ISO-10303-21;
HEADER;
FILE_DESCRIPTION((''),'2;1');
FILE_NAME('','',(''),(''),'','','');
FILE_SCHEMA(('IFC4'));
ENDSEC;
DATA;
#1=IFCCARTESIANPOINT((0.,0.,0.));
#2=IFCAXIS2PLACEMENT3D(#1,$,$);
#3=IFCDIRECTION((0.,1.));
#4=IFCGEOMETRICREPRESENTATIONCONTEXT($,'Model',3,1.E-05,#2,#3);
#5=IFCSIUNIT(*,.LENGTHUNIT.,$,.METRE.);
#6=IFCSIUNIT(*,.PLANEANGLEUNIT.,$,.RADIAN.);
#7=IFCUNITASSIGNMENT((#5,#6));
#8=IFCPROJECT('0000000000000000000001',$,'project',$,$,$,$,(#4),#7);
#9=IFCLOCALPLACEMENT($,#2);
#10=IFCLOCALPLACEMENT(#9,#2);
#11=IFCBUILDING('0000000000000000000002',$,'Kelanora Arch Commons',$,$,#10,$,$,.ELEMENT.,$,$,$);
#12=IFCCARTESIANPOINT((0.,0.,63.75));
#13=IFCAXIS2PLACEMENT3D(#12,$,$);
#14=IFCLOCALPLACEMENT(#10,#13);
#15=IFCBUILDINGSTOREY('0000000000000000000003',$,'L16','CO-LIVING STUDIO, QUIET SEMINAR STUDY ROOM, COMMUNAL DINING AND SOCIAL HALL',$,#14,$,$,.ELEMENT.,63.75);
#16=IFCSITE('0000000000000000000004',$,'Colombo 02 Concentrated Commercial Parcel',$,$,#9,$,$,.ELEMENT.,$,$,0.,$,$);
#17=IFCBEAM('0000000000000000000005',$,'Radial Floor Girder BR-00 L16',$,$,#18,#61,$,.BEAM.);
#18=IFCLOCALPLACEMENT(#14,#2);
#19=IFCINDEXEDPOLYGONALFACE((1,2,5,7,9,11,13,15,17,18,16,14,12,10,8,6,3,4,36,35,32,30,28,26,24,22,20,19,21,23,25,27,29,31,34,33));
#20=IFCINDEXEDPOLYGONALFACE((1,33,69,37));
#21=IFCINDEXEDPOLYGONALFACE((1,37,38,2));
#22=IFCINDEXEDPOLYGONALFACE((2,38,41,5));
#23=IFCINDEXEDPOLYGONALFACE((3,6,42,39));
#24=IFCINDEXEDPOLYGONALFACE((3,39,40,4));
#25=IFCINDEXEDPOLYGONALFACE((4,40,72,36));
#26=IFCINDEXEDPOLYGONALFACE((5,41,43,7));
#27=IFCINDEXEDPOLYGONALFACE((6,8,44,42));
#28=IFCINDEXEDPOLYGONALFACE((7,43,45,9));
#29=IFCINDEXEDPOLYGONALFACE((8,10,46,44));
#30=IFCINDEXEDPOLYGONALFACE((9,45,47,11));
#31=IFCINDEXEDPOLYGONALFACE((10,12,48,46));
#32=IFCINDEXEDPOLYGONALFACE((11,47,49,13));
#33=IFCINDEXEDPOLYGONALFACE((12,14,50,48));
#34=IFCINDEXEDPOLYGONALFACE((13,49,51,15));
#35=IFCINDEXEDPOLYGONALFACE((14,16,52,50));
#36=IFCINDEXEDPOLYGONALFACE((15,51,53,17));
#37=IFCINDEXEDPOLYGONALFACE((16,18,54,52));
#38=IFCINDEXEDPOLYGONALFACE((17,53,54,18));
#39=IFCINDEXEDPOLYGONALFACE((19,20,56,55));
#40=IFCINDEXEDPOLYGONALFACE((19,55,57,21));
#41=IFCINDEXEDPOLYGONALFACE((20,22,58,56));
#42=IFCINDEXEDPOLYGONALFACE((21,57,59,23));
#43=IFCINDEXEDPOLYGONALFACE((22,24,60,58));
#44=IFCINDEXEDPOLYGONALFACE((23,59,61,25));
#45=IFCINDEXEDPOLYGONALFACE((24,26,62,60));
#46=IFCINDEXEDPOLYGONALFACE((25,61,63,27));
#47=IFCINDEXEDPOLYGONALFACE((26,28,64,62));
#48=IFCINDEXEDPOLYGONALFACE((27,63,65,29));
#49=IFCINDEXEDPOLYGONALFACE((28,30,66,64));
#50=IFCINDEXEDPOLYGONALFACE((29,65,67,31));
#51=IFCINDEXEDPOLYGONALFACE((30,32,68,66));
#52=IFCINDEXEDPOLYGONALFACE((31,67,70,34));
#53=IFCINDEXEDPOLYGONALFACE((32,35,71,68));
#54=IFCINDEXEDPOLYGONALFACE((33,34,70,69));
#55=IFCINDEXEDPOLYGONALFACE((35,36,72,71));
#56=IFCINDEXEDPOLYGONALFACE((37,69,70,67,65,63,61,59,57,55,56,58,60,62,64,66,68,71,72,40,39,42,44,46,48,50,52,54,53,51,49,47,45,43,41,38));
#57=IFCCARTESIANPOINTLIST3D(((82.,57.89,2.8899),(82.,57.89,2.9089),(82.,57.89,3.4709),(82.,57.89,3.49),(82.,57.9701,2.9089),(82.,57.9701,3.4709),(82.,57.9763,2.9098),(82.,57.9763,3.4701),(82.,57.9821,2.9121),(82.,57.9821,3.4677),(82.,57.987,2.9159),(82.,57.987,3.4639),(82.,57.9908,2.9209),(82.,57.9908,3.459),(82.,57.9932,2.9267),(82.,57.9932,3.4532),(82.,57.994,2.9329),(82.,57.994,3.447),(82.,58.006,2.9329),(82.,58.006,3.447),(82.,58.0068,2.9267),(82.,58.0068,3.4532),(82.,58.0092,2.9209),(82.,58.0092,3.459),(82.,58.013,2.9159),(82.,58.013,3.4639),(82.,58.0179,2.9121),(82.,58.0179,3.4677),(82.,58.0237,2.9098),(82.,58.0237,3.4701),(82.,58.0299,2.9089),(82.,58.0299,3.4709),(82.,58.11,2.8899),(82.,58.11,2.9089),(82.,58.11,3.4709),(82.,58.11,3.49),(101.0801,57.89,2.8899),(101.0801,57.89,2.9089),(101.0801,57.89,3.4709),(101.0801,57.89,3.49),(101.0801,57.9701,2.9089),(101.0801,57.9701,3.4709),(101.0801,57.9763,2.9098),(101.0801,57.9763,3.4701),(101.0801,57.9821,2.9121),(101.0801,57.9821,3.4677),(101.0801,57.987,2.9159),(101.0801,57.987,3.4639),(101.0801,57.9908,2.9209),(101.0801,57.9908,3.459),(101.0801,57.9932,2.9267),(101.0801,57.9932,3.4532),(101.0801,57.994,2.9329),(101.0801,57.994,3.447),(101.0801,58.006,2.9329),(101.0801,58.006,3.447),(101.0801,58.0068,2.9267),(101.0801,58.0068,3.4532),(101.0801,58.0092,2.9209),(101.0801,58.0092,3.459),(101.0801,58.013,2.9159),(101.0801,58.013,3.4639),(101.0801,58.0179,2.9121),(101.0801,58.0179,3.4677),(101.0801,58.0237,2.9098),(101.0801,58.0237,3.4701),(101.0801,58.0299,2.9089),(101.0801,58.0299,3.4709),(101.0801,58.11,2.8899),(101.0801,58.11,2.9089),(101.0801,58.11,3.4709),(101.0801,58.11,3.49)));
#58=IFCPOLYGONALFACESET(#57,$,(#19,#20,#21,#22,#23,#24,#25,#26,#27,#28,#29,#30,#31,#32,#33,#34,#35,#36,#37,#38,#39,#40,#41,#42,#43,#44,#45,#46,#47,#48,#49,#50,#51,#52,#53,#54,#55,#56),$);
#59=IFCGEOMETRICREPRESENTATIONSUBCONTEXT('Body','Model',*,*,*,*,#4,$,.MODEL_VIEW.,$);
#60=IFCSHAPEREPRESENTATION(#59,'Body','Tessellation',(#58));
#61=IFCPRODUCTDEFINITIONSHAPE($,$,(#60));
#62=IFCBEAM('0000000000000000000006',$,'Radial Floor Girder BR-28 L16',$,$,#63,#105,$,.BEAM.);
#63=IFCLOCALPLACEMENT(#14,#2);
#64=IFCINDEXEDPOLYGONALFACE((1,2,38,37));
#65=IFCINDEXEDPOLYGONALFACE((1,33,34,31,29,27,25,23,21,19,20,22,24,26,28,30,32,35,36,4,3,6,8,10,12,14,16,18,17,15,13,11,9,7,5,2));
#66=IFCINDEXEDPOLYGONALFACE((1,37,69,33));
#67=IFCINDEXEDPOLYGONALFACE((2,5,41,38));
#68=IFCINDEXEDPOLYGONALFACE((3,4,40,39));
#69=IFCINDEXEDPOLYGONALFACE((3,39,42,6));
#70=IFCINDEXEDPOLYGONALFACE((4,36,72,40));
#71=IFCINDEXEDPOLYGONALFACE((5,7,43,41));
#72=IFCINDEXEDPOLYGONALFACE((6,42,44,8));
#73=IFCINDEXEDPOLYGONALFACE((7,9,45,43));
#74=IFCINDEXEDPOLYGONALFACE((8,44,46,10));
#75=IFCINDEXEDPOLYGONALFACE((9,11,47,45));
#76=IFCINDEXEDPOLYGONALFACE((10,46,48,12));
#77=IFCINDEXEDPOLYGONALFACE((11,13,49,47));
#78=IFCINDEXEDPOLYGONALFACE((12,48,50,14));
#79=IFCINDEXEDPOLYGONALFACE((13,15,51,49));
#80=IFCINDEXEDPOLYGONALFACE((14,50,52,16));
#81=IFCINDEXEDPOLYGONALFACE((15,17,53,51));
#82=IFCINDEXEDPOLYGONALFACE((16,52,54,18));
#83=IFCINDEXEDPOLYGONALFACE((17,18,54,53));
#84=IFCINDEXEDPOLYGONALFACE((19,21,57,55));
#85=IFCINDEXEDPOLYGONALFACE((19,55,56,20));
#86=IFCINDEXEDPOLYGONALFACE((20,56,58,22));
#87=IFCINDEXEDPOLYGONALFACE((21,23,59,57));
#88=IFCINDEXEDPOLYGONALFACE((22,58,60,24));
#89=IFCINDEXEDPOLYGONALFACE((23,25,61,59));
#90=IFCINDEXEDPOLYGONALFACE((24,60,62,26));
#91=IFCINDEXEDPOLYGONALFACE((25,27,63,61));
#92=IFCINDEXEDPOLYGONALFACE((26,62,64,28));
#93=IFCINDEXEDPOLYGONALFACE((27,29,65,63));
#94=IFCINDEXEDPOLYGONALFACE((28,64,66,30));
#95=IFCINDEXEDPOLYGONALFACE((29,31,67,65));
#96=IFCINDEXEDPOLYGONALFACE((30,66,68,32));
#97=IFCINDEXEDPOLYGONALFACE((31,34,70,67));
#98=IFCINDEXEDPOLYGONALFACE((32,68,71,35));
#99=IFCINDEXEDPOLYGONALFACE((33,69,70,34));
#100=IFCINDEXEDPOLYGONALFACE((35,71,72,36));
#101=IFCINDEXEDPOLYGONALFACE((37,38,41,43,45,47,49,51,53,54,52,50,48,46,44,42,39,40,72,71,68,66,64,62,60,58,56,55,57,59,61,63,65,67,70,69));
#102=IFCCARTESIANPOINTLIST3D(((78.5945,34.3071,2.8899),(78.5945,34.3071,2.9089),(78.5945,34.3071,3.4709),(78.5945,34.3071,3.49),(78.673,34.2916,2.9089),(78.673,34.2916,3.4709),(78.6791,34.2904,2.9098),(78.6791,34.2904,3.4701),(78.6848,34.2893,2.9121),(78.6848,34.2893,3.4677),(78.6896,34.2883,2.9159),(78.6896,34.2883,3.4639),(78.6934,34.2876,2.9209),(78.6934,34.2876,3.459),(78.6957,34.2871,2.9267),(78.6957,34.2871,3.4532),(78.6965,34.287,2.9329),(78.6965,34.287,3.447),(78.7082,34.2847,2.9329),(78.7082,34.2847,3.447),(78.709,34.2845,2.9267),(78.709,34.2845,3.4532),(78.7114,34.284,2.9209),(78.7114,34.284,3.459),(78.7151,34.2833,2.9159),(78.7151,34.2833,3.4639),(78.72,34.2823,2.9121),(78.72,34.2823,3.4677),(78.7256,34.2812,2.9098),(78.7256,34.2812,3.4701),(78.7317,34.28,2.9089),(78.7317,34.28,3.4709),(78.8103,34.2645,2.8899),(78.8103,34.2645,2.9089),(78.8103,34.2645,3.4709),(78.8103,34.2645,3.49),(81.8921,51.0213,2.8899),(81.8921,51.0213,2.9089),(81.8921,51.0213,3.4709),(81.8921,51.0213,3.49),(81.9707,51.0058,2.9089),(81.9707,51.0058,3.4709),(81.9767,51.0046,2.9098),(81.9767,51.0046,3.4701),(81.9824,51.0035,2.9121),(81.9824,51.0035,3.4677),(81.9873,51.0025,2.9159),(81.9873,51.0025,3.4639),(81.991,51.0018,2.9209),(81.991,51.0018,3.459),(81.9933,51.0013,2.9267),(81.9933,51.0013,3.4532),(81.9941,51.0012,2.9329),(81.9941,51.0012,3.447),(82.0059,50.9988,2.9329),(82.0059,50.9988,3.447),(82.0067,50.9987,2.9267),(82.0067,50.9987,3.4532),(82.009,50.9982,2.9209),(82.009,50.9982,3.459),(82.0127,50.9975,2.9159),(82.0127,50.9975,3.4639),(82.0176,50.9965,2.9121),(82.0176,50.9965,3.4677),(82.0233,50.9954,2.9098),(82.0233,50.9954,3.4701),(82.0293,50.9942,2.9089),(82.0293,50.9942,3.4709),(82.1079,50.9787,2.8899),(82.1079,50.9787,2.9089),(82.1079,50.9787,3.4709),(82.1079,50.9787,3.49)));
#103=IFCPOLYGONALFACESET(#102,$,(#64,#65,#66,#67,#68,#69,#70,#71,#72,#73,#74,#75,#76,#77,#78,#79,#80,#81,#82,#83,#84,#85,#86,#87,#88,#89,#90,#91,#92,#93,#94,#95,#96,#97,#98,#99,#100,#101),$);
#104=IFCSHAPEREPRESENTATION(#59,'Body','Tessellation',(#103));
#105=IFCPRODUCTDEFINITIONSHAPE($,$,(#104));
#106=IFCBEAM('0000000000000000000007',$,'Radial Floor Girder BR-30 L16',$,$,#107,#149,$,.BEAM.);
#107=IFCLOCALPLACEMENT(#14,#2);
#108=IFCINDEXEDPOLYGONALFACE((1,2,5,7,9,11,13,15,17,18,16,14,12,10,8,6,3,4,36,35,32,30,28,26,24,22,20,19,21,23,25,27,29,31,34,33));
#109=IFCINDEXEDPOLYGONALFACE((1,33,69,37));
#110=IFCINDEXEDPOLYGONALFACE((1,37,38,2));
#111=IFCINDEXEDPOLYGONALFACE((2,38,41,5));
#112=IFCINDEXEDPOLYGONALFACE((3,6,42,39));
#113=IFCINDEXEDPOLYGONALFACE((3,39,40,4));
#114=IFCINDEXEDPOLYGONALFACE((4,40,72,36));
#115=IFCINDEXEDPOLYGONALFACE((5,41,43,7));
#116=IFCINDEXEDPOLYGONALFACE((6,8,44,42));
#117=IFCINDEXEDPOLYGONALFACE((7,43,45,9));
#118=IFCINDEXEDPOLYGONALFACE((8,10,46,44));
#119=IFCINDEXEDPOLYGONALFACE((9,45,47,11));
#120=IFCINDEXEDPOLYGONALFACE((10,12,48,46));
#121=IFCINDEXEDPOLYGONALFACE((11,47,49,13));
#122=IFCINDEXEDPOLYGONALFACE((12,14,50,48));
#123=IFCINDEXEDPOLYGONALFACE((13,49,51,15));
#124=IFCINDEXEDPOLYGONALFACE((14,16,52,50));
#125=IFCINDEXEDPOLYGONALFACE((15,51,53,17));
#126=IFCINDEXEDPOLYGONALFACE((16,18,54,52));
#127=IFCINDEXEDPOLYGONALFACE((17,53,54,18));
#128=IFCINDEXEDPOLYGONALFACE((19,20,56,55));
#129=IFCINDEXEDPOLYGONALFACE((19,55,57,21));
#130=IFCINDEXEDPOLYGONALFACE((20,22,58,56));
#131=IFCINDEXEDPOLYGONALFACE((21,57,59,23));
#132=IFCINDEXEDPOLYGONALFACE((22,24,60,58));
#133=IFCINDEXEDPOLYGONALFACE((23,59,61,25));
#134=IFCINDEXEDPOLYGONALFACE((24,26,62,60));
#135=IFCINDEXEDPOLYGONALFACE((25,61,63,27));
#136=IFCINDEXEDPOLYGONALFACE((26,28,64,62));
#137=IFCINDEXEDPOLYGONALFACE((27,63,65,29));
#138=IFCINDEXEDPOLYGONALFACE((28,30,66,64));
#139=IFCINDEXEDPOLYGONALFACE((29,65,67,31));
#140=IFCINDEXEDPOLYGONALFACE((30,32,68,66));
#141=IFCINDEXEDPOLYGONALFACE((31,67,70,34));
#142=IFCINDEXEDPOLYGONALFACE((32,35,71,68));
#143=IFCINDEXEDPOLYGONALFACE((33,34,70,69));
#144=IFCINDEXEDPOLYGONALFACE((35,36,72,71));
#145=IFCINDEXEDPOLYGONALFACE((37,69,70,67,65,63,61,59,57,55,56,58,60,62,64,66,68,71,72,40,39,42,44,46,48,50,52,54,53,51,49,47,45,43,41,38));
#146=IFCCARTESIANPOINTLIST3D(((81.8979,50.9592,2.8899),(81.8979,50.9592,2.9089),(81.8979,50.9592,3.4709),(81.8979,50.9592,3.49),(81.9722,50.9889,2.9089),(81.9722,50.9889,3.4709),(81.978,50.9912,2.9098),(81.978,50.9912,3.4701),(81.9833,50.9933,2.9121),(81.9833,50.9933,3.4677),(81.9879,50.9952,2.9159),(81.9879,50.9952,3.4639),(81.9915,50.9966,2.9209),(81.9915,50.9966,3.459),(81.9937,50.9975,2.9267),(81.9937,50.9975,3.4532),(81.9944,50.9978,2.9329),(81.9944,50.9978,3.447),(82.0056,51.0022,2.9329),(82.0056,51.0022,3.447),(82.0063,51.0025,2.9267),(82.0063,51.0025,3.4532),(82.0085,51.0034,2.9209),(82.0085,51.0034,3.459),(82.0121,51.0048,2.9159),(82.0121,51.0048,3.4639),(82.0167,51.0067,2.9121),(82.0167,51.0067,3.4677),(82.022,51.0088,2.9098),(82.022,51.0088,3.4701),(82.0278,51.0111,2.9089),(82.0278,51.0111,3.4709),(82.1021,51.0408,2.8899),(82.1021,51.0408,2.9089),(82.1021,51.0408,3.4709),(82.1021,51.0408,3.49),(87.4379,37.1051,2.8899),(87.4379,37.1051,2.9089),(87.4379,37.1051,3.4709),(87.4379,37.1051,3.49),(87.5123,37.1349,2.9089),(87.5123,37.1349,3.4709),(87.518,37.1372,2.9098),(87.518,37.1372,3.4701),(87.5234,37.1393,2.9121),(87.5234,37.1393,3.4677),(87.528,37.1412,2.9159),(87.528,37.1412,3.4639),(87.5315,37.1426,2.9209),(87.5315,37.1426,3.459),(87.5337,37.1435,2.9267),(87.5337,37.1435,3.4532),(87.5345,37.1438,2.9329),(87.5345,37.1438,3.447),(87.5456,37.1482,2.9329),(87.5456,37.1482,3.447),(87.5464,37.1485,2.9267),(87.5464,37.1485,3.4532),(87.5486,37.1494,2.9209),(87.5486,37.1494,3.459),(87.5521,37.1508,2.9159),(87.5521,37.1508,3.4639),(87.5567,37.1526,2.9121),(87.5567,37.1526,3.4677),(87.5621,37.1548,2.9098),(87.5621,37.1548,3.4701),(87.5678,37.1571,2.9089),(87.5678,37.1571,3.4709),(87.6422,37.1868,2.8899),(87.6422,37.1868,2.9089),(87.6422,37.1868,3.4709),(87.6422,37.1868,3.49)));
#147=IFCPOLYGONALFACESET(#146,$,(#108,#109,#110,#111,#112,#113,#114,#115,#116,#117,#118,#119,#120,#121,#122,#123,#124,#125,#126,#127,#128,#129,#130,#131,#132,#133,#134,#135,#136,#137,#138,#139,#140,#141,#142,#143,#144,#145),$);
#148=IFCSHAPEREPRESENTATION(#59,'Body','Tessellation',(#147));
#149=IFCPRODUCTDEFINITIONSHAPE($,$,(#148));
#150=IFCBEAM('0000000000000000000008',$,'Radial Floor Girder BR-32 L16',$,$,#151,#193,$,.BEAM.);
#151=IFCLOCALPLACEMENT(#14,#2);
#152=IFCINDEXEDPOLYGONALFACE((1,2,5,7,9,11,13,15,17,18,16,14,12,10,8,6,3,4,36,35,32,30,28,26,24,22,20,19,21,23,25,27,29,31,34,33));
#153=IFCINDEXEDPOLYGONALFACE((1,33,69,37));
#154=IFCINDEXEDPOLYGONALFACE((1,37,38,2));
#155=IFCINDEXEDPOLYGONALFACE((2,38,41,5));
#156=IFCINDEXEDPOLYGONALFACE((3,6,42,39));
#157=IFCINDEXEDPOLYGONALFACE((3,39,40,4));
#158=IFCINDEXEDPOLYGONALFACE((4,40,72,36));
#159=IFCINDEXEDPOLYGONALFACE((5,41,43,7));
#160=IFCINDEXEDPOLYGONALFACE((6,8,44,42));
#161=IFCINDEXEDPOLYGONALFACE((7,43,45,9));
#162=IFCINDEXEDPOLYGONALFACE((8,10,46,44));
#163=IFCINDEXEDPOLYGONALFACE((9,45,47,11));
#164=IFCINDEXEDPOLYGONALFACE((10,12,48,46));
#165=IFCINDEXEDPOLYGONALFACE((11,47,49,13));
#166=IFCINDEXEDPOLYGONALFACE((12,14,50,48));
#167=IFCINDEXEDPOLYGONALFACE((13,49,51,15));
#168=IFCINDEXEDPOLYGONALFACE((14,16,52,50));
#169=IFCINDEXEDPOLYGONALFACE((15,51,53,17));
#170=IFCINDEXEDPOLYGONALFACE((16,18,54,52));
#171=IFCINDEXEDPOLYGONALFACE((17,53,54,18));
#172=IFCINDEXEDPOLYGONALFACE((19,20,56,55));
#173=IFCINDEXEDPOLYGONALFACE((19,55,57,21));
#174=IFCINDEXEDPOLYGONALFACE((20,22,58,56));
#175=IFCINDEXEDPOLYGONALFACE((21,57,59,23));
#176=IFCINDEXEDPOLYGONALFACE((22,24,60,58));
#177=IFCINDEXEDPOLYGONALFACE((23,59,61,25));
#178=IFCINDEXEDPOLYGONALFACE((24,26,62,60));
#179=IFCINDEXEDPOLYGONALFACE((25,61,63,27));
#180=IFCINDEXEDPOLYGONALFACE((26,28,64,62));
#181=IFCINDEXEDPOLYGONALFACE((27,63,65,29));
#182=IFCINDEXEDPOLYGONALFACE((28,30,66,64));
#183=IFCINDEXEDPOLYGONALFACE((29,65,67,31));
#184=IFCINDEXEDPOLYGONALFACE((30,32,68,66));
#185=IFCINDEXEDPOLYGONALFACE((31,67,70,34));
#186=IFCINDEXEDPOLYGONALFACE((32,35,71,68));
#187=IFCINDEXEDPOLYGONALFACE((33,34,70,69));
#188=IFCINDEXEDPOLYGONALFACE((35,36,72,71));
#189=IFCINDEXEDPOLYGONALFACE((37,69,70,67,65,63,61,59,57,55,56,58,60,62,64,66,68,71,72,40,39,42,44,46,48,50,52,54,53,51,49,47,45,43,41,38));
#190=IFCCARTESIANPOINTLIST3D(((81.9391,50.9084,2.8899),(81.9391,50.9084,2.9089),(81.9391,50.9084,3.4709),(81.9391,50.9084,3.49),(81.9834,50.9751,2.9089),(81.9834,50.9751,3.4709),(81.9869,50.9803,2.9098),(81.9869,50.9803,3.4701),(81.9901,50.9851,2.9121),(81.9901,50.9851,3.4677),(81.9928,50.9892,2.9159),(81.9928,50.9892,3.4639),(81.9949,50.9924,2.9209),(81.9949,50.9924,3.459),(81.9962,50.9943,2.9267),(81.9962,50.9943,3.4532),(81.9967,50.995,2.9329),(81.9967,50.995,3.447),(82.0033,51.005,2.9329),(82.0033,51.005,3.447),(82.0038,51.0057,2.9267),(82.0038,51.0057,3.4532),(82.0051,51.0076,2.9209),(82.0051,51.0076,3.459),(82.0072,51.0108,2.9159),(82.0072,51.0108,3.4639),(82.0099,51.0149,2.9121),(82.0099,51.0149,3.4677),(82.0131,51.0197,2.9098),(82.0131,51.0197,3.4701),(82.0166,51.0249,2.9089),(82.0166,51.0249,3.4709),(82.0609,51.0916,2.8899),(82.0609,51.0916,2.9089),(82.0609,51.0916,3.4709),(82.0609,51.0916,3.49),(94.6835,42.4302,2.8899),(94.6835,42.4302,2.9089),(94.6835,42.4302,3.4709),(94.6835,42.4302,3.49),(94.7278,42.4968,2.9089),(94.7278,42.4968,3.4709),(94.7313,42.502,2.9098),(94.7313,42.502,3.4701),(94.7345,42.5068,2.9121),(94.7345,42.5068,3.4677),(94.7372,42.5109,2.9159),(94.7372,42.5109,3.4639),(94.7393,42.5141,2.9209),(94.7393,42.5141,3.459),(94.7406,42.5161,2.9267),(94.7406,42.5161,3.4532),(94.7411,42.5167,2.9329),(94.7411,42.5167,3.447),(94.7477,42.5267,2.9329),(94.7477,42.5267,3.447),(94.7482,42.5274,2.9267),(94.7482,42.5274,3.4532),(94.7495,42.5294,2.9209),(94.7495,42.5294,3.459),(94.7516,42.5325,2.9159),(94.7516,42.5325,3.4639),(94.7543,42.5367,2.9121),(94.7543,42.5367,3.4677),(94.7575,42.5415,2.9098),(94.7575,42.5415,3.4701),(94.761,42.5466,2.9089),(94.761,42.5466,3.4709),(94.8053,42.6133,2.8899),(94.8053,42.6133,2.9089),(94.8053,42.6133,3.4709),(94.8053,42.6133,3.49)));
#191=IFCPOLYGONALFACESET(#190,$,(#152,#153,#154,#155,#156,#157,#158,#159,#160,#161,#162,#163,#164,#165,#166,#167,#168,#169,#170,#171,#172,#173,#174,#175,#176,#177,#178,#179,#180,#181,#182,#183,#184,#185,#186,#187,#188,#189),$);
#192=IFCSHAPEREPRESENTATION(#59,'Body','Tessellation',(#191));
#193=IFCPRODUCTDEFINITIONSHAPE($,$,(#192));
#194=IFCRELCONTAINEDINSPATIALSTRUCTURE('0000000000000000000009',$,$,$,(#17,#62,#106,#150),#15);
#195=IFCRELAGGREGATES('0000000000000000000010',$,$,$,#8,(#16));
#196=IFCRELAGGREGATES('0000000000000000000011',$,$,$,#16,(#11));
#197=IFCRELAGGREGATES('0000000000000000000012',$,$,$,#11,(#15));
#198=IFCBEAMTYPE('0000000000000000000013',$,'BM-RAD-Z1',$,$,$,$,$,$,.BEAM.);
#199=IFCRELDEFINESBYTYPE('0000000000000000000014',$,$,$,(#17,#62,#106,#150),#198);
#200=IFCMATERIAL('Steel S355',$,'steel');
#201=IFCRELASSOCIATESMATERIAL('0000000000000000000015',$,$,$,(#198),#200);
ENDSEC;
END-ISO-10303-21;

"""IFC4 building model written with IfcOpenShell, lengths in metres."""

from ifc_helpers import new_model, si_unit, direction, frame, origin, origin_2d, place, context, subcontext, project, spatial, i_section, extrude, material, material_profile, profile_set, type_object, element, save


model = new_model("IFC4")

# Units and contexts
model_context = context("Model", 3, precision=1e-05, world=origin(), true_north=direction((0.0, 1.0)))
body_context = subcontext(model_context, "Body", "Model", "MODEL_VIEW")
ifc_project = project(units=[si_unit("LENGTHUNIT", "METRE"), si_unit("PLANEANGLEUNIT", "RADIAN")], contexts=[model_context])

# Site, building, storey
site_placement = place(None, origin())
site = spatial("IfcSite", under=ifc_project, at=site_placement, Name="Colombo 02 Concentrated Commercial Parcel", CompositionType="ELEMENT", RefElevation=0.0)
building_placement = place(site_placement, origin())
building = spatial("IfcBuilding", under=site, at=building_placement, Name="Kelanora Arch Commons", CompositionType="ELEMENT")
storey_placement = place(building_placement, frame((0.0, 0.0, 63.75)))
storey = spatial("IfcBuildingStorey", under=building, at=storey_placement, Name="L16", Description="CO-LIVING STUDIO, QUIET SEMINAR STUDY ROOM, COMMUNAL DINING AND SOCIAL HALL", CompositionType="ELEMENT", Elevation=63.75)

# Beams
ifc_material_1 = material(Name="Steel S355", Category="steel")
ifc_material_profile_1 = material_profile(ifc_material_1, i_section(OverallWidth=0.22, OverallDepth=0.6001, WebThickness=0.012, FlangeThickness=0.019, FilletRadius=0.0239, at=origin_2d()), Name="IPE600")
ifc_profile_set_1 = profile_set([ifc_material_profile_1], Name="Steel S355")
beam_type_1 = type_object("IfcBeamType", Name="BM-RAD-Z1", PredefinedType="BEAM", material=ifc_profile_set_1)
beam_1_placement = place(storey_placement, frame((82.0, 58.0, 3.1899), z_axis=(1.0, 0.0, 0.0), x_axis=(0.0, 1.0, 0.0)))
element("IfcBeam", 1, at=beam_1_placement, inside=storey, type_object=beam_type_1, Name="Radial Floor Girder BR-00 L16", PredefinedType="BEAM", context=body_context, shape_type="SweptSolid", body=[
    extrude(i_section(OverallWidth=0.22, OverallDepth=0.6001, WebThickness=0.012, FlangeThickness=0.019, FilletRadius=0.0239, at=origin_2d()), origin(), (0.0, 0.0, 1.0), 19.0801),
])
beam_2_placement = place(storey_placement, frame((82.0, 51.0, 3.1899), z_axis=(-0.193564, -0.981088, 0.0), x_axis=(0.981088, -0.193564, 0.0)))
element("IfcBeam", 2, at=beam_2_placement, inside=storey, type_object=beam_type_1, Name="Radial Floor Girder BR-28 L16", PredefinedType="BEAM", context=body_context, shape_type="SweptSolid", body=[
    extrude(i_section(OverallWidth=0.22, OverallDepth=0.6001, WebThickness=0.012, FlangeThickness=0.019, FilletRadius=0.0239, at=origin_2d()), origin(), (0.0, 0.0, 1.0), 17.0364),
])
beam_3_placement = place(storey_placement, frame((82.0, 51.0, 3.1899), z_axis=(0.3713, -0.928513, 0.0), x_axis=(0.928513, 0.3713, 0.0)))
element("IfcBeam", 3, at=beam_3_placement, inside=storey, type_object=beam_type_1, Name="Radial Floor Girder BR-30 L16", PredefinedType="BEAM", context=body_context, shape_type="SweptSolid", body=[
    extrude(i_section(OverallWidth=0.22, OverallDepth=0.6001, WebThickness=0.012, FlangeThickness=0.019, FilletRadius=0.0239, at=origin_2d()), origin(), (0.0, 0.0, 1.0), 14.9207),
])
beam_4_placement = place(storey_placement, frame((82.0, 51.0, 3.1899), z_axis=(0.832592, -0.553886, 0.0), x_axis=(0.553886, 0.832592, 0.0)))
element("IfcBeam", 4, at=beam_4_placement, inside=storey, type_object=beam_type_1, Name="Radial Floor Girder BR-32 L16", PredefinedType="BEAM", context=body_context, shape_type="SweptSolid", body=[
    extrude(i_section(OverallWidth=0.22, OverallDepth=0.6001, WebThickness=0.012, FlangeThickness=0.019, FilletRadius=0.0239, at=origin_2d()), origin(), (0.0, 0.0, 1.0), 15.3069),
])

save(model, "model.ifc")
